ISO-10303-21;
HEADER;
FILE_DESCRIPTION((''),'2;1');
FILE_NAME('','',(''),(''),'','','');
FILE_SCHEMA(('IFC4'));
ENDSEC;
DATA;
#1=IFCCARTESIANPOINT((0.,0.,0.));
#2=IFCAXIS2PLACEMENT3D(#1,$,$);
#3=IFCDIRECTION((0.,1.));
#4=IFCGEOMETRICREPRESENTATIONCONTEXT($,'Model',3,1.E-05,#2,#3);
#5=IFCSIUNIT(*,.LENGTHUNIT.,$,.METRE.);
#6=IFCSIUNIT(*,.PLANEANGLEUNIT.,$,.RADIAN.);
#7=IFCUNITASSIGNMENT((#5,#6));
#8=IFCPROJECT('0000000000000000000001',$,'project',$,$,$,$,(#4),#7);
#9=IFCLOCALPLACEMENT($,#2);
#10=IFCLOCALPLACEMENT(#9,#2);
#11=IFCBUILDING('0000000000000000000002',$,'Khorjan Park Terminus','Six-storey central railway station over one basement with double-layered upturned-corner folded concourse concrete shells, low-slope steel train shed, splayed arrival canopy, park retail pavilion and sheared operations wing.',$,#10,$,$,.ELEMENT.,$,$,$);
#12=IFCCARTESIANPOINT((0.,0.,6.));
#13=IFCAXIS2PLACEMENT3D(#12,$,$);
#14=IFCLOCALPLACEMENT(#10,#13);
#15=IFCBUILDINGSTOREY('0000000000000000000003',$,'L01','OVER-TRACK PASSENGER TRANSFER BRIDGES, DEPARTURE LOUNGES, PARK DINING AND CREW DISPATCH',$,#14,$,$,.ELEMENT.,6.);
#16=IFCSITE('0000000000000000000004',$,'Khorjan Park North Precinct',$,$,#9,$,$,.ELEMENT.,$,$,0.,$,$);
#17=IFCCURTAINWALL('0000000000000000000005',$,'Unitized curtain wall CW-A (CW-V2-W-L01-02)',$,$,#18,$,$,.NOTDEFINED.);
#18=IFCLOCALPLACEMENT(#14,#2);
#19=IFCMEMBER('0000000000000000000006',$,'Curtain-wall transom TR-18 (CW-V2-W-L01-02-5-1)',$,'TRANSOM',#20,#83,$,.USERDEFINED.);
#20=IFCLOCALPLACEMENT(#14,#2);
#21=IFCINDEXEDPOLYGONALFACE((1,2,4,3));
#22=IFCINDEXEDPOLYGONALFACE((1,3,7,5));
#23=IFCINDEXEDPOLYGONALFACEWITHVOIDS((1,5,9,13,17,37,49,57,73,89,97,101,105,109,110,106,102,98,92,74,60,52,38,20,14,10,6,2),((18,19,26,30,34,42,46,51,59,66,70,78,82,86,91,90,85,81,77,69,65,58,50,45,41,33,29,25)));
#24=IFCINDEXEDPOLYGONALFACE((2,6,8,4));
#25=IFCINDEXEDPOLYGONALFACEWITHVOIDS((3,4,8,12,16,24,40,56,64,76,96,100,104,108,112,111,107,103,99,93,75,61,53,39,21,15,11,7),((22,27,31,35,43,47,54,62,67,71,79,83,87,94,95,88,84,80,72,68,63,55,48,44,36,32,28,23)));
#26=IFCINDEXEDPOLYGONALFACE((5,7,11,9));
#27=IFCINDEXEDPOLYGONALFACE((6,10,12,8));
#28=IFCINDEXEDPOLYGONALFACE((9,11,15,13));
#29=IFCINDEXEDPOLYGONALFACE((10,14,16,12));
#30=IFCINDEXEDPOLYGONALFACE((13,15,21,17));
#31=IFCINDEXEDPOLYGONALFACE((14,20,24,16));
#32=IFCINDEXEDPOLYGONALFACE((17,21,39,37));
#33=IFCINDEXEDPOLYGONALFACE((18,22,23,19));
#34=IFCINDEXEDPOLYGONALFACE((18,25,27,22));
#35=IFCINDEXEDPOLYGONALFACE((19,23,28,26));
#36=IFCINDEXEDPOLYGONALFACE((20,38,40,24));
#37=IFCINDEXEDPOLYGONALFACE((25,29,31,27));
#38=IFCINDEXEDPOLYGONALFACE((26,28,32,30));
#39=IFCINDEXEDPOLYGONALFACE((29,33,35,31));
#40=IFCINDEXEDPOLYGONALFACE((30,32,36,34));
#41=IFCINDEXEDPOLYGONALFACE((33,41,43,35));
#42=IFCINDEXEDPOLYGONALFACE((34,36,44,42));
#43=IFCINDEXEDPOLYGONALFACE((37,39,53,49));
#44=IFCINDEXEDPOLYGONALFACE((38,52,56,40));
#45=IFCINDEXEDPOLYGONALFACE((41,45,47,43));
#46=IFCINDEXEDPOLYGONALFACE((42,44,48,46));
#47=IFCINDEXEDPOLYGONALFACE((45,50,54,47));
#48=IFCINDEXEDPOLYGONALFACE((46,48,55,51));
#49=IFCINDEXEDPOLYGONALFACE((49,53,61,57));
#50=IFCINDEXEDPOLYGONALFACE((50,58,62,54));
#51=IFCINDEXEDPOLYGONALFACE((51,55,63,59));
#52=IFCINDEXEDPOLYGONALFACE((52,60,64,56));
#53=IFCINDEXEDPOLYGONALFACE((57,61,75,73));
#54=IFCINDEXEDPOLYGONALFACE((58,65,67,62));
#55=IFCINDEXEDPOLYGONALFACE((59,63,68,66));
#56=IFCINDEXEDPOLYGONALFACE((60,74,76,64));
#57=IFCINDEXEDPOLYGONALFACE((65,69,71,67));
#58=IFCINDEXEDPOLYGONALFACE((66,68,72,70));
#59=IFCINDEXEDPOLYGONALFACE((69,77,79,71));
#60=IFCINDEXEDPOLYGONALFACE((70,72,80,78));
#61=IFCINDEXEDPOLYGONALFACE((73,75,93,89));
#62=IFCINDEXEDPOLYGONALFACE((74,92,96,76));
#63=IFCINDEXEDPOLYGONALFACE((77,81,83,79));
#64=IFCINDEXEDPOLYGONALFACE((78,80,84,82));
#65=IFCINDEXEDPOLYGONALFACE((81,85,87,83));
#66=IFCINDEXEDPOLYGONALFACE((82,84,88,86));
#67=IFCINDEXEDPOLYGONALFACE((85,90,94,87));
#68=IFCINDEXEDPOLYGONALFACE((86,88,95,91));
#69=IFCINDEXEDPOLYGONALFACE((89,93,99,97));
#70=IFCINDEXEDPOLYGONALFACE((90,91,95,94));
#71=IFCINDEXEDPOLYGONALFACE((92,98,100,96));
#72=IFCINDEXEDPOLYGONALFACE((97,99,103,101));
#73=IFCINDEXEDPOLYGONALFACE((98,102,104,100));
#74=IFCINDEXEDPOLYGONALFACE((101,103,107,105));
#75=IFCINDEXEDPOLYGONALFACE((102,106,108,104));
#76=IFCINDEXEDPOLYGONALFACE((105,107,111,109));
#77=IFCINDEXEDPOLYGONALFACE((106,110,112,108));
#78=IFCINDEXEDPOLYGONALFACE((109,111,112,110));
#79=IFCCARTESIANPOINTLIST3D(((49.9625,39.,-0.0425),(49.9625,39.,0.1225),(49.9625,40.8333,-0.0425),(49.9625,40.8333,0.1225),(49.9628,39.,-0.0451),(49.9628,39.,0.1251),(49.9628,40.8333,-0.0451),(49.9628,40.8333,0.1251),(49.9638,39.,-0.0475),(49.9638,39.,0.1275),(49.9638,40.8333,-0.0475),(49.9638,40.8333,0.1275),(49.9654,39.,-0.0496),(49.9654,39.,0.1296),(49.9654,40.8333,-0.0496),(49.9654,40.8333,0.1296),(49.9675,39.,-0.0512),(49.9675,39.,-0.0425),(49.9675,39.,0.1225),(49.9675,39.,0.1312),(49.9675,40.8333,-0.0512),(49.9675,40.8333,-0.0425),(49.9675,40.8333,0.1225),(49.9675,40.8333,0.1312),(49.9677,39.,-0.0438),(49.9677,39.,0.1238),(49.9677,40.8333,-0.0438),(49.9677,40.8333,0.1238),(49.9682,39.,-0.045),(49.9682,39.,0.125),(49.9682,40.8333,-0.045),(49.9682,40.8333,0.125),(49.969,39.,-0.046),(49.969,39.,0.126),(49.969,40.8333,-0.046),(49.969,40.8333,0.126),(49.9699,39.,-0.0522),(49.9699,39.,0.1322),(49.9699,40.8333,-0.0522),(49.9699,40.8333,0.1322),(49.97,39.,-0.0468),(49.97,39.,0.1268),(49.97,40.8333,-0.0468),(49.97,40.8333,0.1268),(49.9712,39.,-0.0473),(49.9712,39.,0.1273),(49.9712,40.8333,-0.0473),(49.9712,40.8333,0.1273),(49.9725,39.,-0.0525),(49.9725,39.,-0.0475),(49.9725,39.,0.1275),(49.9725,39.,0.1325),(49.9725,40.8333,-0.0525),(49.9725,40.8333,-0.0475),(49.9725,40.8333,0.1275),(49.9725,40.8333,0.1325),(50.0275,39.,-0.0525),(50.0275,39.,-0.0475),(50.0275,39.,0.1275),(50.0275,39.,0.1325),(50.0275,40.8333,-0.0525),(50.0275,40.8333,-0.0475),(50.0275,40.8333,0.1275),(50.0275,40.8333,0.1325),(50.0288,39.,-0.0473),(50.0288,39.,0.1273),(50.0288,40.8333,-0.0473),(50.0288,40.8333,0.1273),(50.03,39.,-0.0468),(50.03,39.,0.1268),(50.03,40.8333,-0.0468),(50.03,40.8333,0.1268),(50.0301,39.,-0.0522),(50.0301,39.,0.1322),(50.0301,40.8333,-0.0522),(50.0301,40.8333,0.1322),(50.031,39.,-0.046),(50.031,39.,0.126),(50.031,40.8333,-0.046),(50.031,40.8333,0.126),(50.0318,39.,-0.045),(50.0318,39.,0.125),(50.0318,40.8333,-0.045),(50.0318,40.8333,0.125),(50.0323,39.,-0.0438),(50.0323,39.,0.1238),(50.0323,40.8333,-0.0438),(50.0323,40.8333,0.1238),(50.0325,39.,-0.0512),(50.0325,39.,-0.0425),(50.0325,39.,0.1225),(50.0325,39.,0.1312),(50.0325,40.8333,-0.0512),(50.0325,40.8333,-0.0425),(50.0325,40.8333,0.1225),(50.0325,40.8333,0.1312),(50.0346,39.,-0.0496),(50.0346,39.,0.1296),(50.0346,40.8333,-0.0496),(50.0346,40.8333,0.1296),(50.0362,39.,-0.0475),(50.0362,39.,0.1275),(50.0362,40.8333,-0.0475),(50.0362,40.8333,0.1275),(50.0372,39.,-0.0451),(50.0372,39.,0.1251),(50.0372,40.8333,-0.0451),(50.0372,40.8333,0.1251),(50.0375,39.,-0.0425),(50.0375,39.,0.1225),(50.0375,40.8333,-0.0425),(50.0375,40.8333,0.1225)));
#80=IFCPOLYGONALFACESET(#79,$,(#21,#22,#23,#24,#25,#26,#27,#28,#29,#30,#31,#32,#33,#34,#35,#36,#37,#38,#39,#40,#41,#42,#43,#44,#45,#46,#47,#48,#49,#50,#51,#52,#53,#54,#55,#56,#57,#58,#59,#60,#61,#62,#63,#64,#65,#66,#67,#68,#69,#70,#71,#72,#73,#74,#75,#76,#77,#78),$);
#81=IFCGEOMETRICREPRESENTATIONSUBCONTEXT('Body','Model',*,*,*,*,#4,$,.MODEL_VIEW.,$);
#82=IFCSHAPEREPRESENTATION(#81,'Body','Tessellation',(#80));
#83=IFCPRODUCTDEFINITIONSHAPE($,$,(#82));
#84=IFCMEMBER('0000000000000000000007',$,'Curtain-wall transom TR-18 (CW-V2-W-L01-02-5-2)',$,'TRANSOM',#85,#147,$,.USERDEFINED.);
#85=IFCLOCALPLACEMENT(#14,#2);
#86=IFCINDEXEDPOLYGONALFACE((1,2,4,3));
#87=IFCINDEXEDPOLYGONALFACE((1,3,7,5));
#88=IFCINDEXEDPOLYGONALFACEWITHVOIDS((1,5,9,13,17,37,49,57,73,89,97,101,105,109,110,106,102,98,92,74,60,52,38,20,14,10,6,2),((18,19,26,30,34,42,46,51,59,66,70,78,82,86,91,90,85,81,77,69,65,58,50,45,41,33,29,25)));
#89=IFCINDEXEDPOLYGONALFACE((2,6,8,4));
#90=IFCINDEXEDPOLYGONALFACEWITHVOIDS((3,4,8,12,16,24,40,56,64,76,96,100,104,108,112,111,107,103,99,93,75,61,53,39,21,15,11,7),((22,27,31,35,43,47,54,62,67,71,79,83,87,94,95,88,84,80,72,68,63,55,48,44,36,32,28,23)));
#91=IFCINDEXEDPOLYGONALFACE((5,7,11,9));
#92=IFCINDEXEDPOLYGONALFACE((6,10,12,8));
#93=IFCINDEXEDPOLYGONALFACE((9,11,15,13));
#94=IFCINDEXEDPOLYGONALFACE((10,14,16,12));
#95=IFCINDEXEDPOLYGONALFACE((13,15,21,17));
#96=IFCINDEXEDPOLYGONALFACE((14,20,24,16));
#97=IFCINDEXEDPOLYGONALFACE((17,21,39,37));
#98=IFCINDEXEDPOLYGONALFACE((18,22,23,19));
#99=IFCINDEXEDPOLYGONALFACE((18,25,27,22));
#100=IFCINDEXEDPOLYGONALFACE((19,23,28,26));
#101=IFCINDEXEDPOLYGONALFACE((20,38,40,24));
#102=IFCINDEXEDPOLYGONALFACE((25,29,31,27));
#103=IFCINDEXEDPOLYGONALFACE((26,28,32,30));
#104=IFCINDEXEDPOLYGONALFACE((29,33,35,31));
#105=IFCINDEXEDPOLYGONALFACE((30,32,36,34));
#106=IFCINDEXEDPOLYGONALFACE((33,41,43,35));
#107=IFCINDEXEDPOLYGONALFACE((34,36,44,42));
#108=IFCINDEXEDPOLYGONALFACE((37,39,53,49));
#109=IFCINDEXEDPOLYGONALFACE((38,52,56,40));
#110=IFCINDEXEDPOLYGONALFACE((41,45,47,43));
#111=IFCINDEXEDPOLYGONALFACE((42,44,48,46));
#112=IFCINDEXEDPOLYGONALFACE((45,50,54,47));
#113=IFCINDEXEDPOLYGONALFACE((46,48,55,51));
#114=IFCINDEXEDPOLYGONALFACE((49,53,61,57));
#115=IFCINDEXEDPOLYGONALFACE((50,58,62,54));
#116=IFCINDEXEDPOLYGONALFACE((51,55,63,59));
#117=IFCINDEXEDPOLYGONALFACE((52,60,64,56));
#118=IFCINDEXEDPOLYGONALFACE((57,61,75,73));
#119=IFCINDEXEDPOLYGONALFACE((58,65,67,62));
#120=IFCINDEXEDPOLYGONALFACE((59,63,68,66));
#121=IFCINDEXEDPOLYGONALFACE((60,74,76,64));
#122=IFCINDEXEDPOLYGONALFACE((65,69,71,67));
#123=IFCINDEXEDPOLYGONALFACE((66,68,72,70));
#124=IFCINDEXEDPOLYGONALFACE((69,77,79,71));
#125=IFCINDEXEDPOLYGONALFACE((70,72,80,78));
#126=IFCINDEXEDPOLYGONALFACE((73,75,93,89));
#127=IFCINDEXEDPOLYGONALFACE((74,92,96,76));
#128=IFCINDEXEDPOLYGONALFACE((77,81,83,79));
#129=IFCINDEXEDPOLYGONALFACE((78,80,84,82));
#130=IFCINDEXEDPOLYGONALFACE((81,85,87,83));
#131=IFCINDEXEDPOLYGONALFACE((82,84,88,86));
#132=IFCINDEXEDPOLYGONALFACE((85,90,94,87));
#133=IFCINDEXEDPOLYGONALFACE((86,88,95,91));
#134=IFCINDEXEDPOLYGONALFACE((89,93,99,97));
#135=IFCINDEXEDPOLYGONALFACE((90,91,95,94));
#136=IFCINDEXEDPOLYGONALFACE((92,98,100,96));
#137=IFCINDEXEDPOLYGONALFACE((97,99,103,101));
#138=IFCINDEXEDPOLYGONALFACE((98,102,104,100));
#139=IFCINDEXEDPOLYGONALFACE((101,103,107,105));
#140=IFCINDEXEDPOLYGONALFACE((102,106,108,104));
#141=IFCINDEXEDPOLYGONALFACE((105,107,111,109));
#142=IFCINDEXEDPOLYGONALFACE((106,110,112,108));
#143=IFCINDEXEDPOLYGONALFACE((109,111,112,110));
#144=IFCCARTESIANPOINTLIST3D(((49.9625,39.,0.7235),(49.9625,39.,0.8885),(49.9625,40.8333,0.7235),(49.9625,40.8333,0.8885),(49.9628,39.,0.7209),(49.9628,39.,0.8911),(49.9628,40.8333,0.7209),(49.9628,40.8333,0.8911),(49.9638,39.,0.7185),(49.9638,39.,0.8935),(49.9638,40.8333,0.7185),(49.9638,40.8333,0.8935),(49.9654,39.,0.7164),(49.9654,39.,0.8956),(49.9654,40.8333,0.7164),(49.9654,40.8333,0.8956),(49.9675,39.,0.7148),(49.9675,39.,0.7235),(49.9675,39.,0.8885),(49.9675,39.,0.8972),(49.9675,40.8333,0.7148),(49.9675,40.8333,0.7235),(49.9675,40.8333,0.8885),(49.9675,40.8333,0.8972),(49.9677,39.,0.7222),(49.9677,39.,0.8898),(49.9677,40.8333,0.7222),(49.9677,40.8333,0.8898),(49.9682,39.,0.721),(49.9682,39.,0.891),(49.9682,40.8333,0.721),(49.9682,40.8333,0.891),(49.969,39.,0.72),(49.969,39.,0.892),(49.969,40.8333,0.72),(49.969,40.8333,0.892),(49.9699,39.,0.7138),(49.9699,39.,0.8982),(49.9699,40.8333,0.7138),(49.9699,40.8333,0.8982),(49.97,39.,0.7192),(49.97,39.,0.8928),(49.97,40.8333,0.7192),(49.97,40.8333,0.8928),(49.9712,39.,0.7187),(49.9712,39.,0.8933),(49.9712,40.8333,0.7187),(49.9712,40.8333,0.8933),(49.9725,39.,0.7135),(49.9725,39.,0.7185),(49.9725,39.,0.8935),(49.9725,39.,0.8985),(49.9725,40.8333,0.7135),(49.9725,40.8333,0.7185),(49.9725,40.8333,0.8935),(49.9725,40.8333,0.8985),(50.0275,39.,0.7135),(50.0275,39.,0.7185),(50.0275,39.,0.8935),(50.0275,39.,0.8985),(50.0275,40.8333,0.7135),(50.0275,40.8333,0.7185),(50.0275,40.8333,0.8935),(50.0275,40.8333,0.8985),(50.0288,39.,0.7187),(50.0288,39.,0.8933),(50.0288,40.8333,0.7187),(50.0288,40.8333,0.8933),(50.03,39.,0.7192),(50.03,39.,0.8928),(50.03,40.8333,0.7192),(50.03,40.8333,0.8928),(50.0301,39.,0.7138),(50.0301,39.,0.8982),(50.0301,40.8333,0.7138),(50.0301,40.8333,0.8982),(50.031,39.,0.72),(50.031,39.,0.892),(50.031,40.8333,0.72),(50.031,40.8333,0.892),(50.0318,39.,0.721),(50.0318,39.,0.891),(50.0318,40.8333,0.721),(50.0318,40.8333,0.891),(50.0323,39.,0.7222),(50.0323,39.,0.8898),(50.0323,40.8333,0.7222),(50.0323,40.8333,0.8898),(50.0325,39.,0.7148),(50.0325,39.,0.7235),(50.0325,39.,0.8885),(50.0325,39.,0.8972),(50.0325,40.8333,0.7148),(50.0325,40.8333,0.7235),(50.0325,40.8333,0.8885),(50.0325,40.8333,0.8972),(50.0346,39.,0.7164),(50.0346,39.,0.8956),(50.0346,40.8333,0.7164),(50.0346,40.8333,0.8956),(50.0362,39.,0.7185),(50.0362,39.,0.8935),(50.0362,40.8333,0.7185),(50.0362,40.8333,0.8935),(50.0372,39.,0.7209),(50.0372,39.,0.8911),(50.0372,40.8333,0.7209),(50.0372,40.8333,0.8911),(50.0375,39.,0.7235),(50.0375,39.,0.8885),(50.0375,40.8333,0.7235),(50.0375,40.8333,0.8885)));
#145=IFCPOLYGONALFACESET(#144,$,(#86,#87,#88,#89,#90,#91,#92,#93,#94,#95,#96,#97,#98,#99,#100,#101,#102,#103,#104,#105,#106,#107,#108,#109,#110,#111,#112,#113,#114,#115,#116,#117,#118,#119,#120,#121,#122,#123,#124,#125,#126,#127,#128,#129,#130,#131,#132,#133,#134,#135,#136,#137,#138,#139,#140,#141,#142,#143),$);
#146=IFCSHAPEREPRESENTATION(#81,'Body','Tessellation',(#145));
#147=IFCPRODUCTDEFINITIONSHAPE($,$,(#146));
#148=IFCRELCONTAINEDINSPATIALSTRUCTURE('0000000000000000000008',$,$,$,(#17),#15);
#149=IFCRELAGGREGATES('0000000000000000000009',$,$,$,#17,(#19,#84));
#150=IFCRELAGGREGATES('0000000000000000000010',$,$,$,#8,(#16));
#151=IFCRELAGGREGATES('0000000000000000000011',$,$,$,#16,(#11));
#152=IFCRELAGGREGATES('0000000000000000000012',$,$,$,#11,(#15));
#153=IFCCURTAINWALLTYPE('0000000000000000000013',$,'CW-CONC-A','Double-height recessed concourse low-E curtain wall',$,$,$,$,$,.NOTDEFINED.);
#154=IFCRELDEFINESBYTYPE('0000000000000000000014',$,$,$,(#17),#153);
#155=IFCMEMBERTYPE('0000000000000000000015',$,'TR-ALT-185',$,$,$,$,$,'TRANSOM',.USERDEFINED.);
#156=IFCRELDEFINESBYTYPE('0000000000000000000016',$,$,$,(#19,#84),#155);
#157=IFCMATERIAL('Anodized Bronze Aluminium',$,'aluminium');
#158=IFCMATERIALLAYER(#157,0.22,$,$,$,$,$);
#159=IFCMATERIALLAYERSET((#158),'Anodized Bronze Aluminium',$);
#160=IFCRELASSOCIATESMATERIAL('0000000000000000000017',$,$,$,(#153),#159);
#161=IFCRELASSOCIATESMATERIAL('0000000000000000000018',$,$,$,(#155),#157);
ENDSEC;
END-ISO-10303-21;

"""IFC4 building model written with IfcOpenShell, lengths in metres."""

from ifc_helpers import new_model, si_unit, direction, frame, origin, origin_2d, place, context, subcontext, project, spatial, hollow_rectangle, extrude, material, layer, layer_set, material_profile, profile_set, type_object, element, aggregate, save


model = new_model("IFC4")

# Units and contexts
model_context = context("Model", 3, precision=1e-05, world=origin(), true_north=direction((0.0, 1.0)))
body_context = subcontext(model_context, "Body", "Model", "MODEL_VIEW")
ifc_project = project(units=[si_unit("LENGTHUNIT", "METRE"), si_unit("PLANEANGLEUNIT", "RADIAN")], contexts=[model_context])

# Site, building, storey
site_placement = place(None, origin())
site = spatial("IfcSite", under=ifc_project, at=site_placement, Name="Khorjan Park North Precinct", CompositionType="ELEMENT", RefElevation=0.0)
building_placement = place(site_placement, origin())
building = spatial("IfcBuilding", under=site, at=building_placement, Name="Khorjan Park Terminus", Description="Six-storey central railway station over one basement with double-layered upturned-corner folded concourse concrete shells, low-slope steel train shed, splayed arrival canopy, park retail pavilion and sheared operations wing.", CompositionType="ELEMENT")
storey_placement = place(building_placement, frame((0.0, 0.0, 6.0)))
storey = spatial("IfcBuildingStorey", under=building, at=storey_placement, Name="L01", Description="OVER-TRACK PASSENGER TRANSFER BRIDGES, DEPARTURE LOUNGES, PARK DINING AND CREW DISPATCH", CompositionType="ELEMENT", Elevation=6.0)

# Shared definitions
ifc_material_1 = material(Name="Anodized Bronze Aluminium", Category="aluminium")

# Curtain wall
ifc_layer_1 = layer(ifc_material_1, 0.22)
ifc_layer_set_1 = layer_set([ifc_layer_1], Name="Anodized Bronze Aluminium")
curtain_wall_type_1 = type_object("IfcCurtainWallType", Name="CW-CONC-A", Description="Double-height recessed concourse low-E curtain wall", PredefinedType="NOTDEFINED", material=ifc_layer_set_1)
curtain_wall_1_placement = place(storey_placement, origin())
curtain_wall_1 = element("IfcCurtainWall", 1, at=curtain_wall_1_placement, inside=storey, type_object=curtain_wall_type_1, Name="Unitized curtain wall CW-A (CW-V2-W-L01-02)", PredefinedType="NOTDEFINED")

# Members
ifc_material_profile_1 = material_profile(ifc_material_1, hollow_rectangle(XDim=0.075, YDim=0.185, WallThickness=0.005, InnerFilletRadius=0.005, OuterFilletRadius=0.01, at=origin_2d()), Name="ALT 75x185x5")
ifc_profile_set_1 = profile_set([ifc_material_profile_1], Name="Anodized Bronze Aluminium")
member_type_1 = type_object("IfcMemberType", Name="TR-ALT-185", ElementType="TRANSOM", PredefinedType="USERDEFINED", material=ifc_profile_set_1)
member_1_placement = place(storey_placement, frame((50.0, 40.8333, 0.04), z_axis=(0.0, -1.0, 0.0), x_axis=(1.0, 0.0, 0.0)))
member_1 = element("IfcMember", 2, at=member_1_placement, type_object=member_type_1, Name="Curtain-wall transom TR-18 (CW-V2-W-L01-02-5-1)", ObjectType="TRANSOM", PredefinedType="USERDEFINED", context=body_context, shape_type="SweptSolid", body=[
    extrude(hollow_rectangle(XDim=0.075, YDim=0.185, WallThickness=0.005, InnerFilletRadius=0.005, OuterFilletRadius=0.01, at=origin_2d()), origin(), (0.0, 0.0, 1.0), 1.8333),
])
member_2_placement = place(storey_placement, frame((50.0, 40.8333, 0.806), z_axis=(0.0, -1.0, 0.0), x_axis=(1.0, 0.0, 0.0)))
member_2 = element("IfcMember", 3, at=member_2_placement, type_object=member_type_1, Name="Curtain-wall transom TR-18 (CW-V2-W-L01-02-5-2)", ObjectType="TRANSOM", PredefinedType="USERDEFINED", context=body_context, shape_type="SweptSolid", body=[
    extrude(hollow_rectangle(XDim=0.075, YDim=0.185, WallThickness=0.005, InnerFilletRadius=0.005, OuterFilletRadius=0.01, at=origin_2d()), origin(), (0.0, 0.0, 1.0), 1.8333),
])

aggregate(curtain_wall_1, [member_1, member_2])

save(model, "model.ifc")
